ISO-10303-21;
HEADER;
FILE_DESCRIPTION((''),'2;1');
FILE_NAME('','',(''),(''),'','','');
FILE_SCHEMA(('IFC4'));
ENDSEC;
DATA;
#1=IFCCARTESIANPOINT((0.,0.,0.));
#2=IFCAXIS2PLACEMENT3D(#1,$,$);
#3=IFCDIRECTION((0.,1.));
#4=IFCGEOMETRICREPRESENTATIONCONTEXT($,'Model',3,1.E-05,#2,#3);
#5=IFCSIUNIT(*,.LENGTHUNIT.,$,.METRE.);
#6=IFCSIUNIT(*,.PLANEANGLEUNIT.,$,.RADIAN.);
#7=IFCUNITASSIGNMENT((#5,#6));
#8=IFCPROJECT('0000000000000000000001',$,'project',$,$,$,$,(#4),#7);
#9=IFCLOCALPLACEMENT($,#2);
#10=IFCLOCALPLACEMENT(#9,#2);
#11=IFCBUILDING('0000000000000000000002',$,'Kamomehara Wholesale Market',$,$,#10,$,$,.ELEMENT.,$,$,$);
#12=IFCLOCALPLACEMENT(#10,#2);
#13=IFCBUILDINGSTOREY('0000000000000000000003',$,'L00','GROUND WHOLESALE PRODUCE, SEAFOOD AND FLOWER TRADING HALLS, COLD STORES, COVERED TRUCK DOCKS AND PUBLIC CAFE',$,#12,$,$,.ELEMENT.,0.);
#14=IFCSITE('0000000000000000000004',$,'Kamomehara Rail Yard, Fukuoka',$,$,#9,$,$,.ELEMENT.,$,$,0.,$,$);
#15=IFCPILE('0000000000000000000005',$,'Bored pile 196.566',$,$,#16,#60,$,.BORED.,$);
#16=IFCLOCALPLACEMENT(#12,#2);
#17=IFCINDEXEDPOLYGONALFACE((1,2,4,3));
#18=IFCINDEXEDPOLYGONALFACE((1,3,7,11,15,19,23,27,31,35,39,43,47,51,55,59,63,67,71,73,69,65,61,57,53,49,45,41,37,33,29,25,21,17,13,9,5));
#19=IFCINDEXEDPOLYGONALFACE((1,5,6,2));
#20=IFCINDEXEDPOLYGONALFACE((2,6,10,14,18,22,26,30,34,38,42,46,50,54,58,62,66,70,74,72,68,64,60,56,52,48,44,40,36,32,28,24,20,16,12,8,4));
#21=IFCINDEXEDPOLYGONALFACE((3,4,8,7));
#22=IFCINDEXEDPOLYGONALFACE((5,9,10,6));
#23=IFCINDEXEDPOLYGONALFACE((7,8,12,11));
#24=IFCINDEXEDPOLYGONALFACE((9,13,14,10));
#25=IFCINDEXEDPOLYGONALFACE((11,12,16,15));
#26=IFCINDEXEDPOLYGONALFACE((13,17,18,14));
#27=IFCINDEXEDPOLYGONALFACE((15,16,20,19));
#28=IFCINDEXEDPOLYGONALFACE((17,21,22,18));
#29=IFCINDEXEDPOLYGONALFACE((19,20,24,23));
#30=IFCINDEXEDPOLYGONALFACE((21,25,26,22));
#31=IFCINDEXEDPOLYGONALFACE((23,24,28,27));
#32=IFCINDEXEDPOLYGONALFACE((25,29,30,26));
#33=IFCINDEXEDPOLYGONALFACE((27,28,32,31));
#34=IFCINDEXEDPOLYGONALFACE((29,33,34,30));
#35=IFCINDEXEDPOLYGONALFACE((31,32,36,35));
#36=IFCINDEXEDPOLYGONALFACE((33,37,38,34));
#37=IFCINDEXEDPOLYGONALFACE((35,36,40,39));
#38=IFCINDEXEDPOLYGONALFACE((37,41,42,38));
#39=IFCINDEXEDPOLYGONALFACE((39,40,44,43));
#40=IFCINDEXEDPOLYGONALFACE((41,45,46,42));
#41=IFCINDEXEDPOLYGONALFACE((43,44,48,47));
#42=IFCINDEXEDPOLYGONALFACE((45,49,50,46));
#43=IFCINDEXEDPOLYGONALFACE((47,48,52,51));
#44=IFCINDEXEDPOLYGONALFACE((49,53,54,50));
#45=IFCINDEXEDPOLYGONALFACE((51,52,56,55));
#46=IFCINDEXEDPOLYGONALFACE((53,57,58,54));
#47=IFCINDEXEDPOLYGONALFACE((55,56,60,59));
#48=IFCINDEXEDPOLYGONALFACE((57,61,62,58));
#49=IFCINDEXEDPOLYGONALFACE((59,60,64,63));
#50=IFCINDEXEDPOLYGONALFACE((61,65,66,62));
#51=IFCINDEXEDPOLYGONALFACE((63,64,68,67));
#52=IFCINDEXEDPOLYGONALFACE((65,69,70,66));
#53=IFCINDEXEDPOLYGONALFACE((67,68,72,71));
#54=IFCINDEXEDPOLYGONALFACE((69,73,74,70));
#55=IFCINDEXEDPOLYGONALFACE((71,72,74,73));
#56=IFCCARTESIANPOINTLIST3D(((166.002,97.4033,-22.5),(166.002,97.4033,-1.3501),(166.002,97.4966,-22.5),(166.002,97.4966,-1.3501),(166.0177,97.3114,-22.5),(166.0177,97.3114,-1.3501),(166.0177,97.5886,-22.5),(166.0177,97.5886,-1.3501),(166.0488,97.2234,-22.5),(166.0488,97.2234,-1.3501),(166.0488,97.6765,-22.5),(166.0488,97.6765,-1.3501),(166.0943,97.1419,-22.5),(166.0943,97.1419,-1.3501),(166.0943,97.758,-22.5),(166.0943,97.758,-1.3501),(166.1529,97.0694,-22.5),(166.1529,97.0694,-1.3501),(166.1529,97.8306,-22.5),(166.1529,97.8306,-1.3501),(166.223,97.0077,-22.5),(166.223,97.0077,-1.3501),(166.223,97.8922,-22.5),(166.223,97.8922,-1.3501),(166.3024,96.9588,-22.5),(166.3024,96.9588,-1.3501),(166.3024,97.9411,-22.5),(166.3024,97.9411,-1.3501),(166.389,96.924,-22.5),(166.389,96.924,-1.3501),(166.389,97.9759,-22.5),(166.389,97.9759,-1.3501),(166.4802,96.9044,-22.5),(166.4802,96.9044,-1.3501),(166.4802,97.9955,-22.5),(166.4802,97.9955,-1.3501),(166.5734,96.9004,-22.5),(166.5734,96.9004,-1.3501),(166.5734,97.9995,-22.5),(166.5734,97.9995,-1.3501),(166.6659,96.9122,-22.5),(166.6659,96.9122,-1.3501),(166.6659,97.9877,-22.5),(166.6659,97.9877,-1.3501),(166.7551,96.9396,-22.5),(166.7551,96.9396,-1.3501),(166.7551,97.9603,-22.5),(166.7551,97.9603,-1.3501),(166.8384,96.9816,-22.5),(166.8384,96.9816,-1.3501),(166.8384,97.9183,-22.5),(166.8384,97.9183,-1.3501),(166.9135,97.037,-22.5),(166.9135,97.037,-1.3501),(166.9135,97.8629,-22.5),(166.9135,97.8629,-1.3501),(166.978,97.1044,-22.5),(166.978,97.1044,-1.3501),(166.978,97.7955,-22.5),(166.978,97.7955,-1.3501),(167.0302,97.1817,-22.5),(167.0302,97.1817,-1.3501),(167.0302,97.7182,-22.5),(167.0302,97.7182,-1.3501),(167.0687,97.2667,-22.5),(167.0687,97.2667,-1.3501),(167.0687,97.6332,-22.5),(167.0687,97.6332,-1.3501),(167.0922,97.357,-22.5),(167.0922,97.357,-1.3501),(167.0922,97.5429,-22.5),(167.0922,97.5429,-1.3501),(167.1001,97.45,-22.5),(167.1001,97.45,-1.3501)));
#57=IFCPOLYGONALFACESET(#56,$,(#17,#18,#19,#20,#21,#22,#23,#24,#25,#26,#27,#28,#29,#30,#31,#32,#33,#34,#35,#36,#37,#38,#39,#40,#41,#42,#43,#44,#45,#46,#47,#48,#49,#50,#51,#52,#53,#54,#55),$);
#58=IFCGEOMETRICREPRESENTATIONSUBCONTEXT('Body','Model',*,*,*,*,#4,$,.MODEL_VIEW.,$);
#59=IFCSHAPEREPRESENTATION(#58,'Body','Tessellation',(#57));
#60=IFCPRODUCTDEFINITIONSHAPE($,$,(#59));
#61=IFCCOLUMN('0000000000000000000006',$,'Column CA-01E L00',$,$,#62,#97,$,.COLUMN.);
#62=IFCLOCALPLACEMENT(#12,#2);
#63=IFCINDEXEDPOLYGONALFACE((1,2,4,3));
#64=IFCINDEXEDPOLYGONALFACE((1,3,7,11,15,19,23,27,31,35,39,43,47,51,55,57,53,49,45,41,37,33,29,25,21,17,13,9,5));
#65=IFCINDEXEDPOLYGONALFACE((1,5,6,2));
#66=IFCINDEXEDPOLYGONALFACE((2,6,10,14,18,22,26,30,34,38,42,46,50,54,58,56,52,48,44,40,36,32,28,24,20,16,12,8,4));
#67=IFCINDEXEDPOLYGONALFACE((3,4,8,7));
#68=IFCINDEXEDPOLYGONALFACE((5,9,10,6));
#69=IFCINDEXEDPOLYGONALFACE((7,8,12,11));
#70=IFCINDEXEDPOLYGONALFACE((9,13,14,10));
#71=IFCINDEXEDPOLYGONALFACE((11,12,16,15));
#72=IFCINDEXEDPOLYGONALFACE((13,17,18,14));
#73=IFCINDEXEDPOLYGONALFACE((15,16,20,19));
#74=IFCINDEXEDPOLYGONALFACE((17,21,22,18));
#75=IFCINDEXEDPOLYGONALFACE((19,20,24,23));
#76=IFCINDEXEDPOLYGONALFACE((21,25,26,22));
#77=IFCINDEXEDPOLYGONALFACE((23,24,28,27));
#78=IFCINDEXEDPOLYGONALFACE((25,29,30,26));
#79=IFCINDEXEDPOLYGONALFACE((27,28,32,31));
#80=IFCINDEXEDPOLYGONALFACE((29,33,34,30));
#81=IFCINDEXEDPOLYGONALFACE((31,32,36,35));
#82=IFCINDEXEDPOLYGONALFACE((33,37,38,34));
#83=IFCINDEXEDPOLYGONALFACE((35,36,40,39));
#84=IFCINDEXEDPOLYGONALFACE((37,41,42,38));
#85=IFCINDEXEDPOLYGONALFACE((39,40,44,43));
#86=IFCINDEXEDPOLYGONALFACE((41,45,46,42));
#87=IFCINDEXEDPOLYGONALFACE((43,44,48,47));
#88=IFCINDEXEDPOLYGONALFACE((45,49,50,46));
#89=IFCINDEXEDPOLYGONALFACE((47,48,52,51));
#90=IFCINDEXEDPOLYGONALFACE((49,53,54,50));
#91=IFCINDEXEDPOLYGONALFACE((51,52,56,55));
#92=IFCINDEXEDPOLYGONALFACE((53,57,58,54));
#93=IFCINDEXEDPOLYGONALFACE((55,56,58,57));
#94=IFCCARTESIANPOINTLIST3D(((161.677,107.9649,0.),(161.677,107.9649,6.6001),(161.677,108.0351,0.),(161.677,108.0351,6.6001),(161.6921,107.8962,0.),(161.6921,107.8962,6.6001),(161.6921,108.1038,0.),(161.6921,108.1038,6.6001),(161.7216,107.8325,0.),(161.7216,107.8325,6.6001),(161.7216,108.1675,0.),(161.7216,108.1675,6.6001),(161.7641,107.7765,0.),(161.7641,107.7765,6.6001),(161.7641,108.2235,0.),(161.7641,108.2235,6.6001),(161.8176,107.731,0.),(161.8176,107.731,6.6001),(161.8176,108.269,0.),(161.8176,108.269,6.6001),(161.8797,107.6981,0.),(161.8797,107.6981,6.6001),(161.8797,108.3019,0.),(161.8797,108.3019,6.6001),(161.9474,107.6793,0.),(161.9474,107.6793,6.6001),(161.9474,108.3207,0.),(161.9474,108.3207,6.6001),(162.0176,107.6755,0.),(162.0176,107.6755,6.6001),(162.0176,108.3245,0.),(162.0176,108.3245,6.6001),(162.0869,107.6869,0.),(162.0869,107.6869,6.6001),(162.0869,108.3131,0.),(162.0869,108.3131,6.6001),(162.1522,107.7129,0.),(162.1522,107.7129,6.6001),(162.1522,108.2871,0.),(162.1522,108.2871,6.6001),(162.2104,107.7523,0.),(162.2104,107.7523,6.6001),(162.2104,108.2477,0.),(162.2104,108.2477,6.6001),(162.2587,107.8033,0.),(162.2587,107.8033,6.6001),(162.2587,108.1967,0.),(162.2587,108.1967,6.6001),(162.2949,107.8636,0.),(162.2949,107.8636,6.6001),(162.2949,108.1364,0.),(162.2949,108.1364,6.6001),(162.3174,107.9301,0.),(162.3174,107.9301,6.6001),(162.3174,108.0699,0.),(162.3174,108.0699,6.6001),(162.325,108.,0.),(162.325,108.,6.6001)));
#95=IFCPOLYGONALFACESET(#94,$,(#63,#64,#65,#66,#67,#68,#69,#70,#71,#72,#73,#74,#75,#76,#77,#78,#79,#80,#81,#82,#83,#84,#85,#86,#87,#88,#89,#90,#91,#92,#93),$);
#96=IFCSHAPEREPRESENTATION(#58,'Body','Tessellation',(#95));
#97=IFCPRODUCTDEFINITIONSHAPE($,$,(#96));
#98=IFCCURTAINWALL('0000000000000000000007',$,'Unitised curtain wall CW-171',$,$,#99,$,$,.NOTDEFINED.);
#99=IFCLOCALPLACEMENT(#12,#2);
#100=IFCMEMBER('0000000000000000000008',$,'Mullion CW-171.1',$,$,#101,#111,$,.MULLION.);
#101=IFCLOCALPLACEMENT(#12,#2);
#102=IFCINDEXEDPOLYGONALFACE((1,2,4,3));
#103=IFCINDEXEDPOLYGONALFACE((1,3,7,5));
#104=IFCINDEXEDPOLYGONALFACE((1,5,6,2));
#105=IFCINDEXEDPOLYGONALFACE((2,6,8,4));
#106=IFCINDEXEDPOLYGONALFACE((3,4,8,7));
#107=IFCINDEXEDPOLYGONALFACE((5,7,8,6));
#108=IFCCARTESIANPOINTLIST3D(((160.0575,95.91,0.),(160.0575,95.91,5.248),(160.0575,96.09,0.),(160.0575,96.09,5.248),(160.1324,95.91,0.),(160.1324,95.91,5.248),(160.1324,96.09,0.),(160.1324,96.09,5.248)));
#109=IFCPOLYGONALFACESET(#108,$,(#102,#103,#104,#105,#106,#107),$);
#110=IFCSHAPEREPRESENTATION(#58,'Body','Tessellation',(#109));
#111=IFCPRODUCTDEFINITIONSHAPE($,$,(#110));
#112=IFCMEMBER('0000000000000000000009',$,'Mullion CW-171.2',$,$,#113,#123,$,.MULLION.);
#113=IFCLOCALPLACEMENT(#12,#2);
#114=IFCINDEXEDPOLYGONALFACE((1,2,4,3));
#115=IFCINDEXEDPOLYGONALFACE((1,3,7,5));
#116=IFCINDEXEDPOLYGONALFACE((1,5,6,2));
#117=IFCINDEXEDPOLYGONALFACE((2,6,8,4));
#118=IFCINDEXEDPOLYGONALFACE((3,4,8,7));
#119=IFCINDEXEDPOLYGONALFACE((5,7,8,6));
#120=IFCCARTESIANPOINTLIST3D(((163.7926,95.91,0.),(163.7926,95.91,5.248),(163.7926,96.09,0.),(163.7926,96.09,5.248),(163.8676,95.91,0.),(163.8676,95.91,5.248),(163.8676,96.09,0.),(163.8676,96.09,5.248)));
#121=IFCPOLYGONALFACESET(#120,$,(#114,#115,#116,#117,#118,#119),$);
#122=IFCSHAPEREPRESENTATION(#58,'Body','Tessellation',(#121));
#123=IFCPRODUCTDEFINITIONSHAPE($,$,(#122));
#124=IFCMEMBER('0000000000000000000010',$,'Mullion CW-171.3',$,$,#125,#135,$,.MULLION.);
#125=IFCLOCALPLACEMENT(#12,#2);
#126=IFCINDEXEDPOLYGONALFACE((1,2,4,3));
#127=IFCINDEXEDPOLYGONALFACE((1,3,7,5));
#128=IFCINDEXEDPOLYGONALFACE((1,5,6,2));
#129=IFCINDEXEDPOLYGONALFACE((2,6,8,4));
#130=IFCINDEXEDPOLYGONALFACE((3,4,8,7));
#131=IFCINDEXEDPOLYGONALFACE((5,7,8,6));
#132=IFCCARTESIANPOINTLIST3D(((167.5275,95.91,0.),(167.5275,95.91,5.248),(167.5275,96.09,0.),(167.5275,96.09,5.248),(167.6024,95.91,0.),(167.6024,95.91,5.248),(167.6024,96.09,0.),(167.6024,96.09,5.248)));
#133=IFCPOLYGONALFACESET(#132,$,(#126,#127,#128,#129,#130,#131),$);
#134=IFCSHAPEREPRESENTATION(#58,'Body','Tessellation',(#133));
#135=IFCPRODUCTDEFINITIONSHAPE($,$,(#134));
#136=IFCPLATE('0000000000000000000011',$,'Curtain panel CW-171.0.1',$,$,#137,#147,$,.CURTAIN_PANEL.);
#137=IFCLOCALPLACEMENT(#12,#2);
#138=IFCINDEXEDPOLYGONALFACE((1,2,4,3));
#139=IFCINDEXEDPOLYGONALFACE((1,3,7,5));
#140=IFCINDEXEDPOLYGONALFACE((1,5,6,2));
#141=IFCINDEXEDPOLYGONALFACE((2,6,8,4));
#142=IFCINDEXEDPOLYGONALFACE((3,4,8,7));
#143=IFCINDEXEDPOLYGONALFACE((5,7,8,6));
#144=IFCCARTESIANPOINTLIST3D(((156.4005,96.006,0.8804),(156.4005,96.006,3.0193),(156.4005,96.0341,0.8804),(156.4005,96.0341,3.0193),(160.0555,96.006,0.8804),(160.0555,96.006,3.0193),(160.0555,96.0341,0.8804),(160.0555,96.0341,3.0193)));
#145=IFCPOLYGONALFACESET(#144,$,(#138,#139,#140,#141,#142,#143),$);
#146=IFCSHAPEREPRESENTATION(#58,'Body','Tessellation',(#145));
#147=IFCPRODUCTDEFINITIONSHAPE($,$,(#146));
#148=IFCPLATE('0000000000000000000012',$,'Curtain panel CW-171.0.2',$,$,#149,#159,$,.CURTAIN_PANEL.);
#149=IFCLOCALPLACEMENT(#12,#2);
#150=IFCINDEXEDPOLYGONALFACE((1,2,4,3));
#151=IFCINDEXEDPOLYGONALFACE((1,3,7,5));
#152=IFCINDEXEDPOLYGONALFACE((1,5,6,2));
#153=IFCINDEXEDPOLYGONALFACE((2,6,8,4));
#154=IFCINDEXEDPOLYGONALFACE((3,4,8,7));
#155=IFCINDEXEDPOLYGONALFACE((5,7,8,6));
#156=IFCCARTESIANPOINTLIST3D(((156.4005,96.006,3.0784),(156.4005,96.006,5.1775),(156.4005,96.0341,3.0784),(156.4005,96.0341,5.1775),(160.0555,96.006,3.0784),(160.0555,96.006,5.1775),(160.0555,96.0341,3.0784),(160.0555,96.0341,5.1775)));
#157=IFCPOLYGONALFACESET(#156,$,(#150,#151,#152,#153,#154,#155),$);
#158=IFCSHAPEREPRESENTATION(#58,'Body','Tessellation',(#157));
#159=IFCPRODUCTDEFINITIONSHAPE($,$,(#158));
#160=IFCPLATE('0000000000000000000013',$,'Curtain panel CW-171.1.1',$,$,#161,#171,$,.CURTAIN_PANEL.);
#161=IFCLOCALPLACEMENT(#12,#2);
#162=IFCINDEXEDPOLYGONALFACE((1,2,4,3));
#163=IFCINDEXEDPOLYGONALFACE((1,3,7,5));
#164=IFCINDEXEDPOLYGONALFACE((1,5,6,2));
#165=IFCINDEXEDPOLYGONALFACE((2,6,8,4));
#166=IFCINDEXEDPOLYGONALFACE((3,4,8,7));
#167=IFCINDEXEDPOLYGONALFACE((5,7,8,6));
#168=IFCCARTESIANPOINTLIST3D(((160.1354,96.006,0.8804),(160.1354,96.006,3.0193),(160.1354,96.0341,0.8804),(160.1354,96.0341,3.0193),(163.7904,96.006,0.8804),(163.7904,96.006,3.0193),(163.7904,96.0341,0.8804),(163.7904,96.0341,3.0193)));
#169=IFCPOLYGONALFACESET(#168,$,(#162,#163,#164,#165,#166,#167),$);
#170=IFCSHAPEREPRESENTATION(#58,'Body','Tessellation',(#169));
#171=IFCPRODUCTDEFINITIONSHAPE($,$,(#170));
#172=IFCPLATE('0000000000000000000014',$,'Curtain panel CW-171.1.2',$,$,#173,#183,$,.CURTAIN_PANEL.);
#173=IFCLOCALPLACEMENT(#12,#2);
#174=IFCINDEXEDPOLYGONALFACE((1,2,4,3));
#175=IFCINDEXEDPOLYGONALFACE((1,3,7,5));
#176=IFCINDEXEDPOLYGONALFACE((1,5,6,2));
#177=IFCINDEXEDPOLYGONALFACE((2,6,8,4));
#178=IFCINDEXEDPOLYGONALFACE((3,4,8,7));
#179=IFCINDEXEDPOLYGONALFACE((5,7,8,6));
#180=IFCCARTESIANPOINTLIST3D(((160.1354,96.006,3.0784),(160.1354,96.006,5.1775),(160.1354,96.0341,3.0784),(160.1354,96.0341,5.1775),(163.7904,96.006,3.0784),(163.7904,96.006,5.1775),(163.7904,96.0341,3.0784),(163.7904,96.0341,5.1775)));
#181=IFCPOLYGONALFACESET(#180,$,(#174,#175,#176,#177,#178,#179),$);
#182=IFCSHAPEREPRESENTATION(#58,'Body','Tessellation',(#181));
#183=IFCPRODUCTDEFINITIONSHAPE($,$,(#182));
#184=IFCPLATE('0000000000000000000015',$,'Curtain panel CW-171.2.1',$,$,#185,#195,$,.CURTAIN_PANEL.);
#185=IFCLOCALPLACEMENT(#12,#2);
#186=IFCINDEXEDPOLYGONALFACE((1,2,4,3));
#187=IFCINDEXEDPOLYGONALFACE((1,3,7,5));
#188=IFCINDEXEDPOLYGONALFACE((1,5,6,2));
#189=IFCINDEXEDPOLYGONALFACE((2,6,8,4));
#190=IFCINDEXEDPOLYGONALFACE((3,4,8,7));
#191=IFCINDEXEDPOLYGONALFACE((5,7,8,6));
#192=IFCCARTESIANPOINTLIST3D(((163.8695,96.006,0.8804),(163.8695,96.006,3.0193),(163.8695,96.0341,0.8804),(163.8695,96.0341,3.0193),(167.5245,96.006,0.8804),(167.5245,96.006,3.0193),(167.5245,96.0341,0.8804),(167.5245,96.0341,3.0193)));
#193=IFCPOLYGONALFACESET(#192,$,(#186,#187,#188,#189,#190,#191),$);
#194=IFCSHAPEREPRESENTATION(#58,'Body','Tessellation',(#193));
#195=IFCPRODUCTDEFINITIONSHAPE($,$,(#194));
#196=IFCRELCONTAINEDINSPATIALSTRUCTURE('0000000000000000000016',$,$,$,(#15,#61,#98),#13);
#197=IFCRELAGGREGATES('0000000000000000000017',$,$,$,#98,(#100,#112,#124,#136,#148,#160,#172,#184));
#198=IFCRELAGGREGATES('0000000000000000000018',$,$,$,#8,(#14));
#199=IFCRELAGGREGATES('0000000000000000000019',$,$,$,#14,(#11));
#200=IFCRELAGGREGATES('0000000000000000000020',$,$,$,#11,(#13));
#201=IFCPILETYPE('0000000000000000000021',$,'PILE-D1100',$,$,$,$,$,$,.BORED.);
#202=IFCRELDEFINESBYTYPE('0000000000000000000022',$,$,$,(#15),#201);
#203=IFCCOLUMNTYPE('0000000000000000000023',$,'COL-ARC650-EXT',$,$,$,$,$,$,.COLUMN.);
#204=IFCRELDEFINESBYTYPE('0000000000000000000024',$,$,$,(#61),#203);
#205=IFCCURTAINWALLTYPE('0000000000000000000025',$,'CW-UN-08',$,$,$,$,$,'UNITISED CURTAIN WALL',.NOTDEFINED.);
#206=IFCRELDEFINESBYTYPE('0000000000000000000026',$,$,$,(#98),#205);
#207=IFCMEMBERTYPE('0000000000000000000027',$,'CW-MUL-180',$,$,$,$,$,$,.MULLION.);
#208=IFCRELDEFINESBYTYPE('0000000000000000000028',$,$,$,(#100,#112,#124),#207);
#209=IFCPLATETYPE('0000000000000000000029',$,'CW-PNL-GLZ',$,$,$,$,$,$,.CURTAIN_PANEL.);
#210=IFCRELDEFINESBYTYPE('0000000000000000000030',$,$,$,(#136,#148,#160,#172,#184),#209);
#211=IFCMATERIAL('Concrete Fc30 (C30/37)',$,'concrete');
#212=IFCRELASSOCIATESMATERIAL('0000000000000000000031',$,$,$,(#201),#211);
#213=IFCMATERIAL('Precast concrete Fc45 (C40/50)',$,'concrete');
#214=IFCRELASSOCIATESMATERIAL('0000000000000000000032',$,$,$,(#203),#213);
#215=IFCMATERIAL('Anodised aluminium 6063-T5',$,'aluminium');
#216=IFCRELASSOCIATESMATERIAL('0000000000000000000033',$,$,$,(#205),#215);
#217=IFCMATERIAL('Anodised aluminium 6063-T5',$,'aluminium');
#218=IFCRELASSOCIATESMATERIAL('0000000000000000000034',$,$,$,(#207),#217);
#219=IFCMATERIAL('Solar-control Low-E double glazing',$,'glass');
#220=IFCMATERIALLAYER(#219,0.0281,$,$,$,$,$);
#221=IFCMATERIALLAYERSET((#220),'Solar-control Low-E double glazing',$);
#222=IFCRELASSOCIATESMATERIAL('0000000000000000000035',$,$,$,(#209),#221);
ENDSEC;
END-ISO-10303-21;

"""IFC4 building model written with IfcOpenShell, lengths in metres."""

from ifc_helpers import new_model, si_unit, direction, frame, origin, origin_2d, place, context, subcontext, project, spatial, rectangle, circle, extrude, material, layer, layer_set, material_profile, profile_set, type_object, element, aggregate, save


model = new_model("IFC4")

# Units and contexts
model_context = context("Model", 3, precision=1e-05, world=origin(), true_north=direction((0.0, 1.0)))
body_context = subcontext(model_context, "Body", "Model", "MODEL_VIEW")
ifc_project = project(units=[si_unit("LENGTHUNIT", "METRE"), si_unit("PLANEANGLEUNIT", "RADIAN")], contexts=[model_context])

# Site, building, storey
site_placement = place(None, origin())
site = spatial("IfcSite", under=ifc_project, at=site_placement, Name="Kamomehara Rail Yard, Fukuoka", CompositionType="ELEMENT", RefElevation=0.0)
building_placement = place(site_placement, origin())
building = spatial("IfcBuilding", under=site, at=building_placement, Name="Kamomehara Wholesale Market", CompositionType="ELEMENT")
storey_placement = place(building_placement, origin())
storey = spatial("IfcBuildingStorey", under=building, at=storey_placement, Name="L00", Description="GROUND WHOLESALE PRODUCE, SEAFOOD AND FLOWER TRADING HALLS, COLD STORES, COVERED TRUCK DOCKS AND PUBLIC CAFE", CompositionType="ELEMENT", Elevation=0.0)

# Pile
ifc_material_1 = material(Name="Concrete Fc30 (C30/37)", Category="concrete")
ifc_material_profile_1 = material_profile(ifc_material_1, circle(Radius=0.55, at=origin_2d()), Name="RC-PILE-D1100")
ifc_profile_set_1 = profile_set([ifc_material_profile_1], Name="Concrete Fc30 (C30/37)")
pile_type_1 = type_object("IfcPileType", Name="PILE-D1100", PredefinedType="BORED", material=ifc_profile_set_1)
pile_1_placement = place(storey_placement, frame((166.55, 97.45, -1.3501), z_axis=(0.0, 0.0, -1.0), x_axis=(1.0, 0.0, 0.0)))
element("IfcPile", 1, at=pile_1_placement, inside=storey, type_object=pile_type_1, Name="Bored pile 196.566", PredefinedType="BORED", context=body_context, shape_type="SweptSolid", body=[
    extrude(circle(Radius=0.55, at=origin_2d()), origin(), (0.0, 0.0, 1.0), 21.1499),
])

# Column
ifc_material_2 = material(Name="Precast concrete Fc45 (C40/50)", Category="concrete")
ifc_material_profile_2 = material_profile(ifc_material_2, circle(Radius=0.325, at=origin_2d()), Name="PC-ARC-D650")
ifc_profile_set_2 = profile_set([ifc_material_profile_2], Name="Precast concrete Fc45 (C40/50)")
column_type = type_object("IfcColumnType", Name="COL-ARC650-EXT", PredefinedType="COLUMN", material=ifc_profile_set_2)
column_placement = place(storey_placement, frame((162.0, 108.0, 0.0), z_axis=(0.0, 0.0, 1.0), x_axis=(1.0, 0.0, 0.0)))
element("IfcColumn", 2, at=column_placement, inside=storey, type_object=column_type, Name="Column CA-01E L00", PredefinedType="COLUMN", context=body_context, shape_type="SweptSolid", body=[
    extrude(circle(Radius=0.325, at=origin_2d()), origin(), (0.0, 0.0, 1.0), 6.6001),
])

# Curtain wall, members, plates
ifc_material_3 = material(Name="Anodised aluminium 6063-T5", Category="aluminium")
curtain_wall_type = type_object("IfcCurtainWallType", Name="CW-UN-08", ElementType="UNITISED CURTAIN WALL", PredefinedType="NOTDEFINED", material=ifc_material_3)
curtain_wall_placement = place(storey_placement, origin())
curtain_wall = element("IfcCurtainWall", 3, at=curtain_wall_placement, inside=storey, type_object=curtain_wall_type, Name="Unitised curtain wall CW-171", PredefinedType="NOTDEFINED")
ifc_material_4 = material(Name="Anodised aluminium 6063-T5", Category="aluminium")
ifc_material_profile_3 = material_profile(ifc_material_4, rectangle(XDim=0.075, YDim=0.1799, at=origin_2d()), Name="ALU-MUL-75x180")
ifc_profile_set_3 = profile_set([ifc_material_profile_3], Name="Anodised aluminium 6063-T5")
member_type = type_object("IfcMemberType", Name="CW-MUL-180", PredefinedType="MULLION", material=ifc_profile_set_3)
member_1_placement = place(storey_placement, frame((160.095, 96.0, 0.0), z_axis=(0.0, 0.0, 1.0), x_axis=(1.0, 0.0, 0.0)))
member_1 = element("IfcMember", 4, at=member_1_placement, type_object=member_type, Name="Mullion CW-171.1", PredefinedType="MULLION", context=body_context, shape_type="SweptSolid", body=[
    extrude(rectangle(XDim=0.075, YDim=0.1799, at=origin_2d()), origin(), (0.0, 0.0, 1.0), 5.248),
])
member_2_placement = place(storey_placement, frame((163.8301, 96.0, 0.0), z_axis=(0.0, 0.0, 1.0), x_axis=(1.0, 0.0, 0.0)))
member_2 = element("IfcMember", 5, at=member_2_placement, type_object=member_type, Name="Mullion CW-171.2", PredefinedType="MULLION", context=body_context, shape_type="SweptSolid", body=[
    extrude(rectangle(XDim=0.075, YDim=0.1799, at=origin_2d()), origin(), (0.0, 0.0, 1.0), 5.248),
])
member_3_placement = place(storey_placement, frame((167.5649, 96.0, 0.0), z_axis=(0.0, 0.0, 1.0), x_axis=(1.0, 0.0, 0.0)))
member_3 = element("IfcMember", 6, at=member_3_placement, type_object=member_type, Name="Mullion CW-171.3", PredefinedType="MULLION", context=body_context, shape_type="SweptSolid", body=[
    extrude(rectangle(XDim=0.075, YDim=0.1799, at=origin_2d()), origin(), (0.0, 0.0, 1.0), 5.248),
])
ifc_material_5 = material(Name="Solar-control Low-E double glazing", Category="glass")
ifc_layer_1 = layer(ifc_material_5, 0.0281)
ifc_layer_set_1 = layer_set([ifc_layer_1], Name="Solar-control Low-E double glazing")
plate_type_1 = type_object("IfcPlateType", Name="CW-PNL-GLZ", PredefinedType="CURTAIN_PANEL", material=ifc_layer_set_1)
plate_1_placement = place(storey_placement, frame((158.228, 96.02, 0.8804), z_axis=(0.0, 0.0, 1.0), x_axis=(1.0, 0.0, 0.0)))
plate_1 = element("IfcPlate", 7, at=plate_1_placement, type_object=plate_type_1, Name="Curtain panel CW-171.0.1", PredefinedType="CURTAIN_PANEL", context=body_context, shape_type="SweptSolid", body=[
    extrude(rectangle(XDim=3.655, YDim=0.0281, at=origin_2d()), origin(), (0.0, 0.0, 1.0), 2.1389),
])
plate_2_placement = place(storey_placement, frame((158.228, 96.02, 3.0784), z_axis=(0.0, 0.0, 1.0), x_axis=(1.0, 0.0, 0.0)))
plate_2 = element("IfcPlate", 8, at=plate_2_placement, type_object=plate_type_1, Name="Curtain panel CW-171.0.2", PredefinedType="CURTAIN_PANEL", context=body_context, shape_type="SweptSolid", body=[
    extrude(rectangle(XDim=3.655, YDim=0.0281, at=origin_2d()), origin(), (0.0, 0.0, 1.0), 2.0991),
])
plate_3_placement = place(storey_placement, frame((161.9629, 96.02, 0.8804), z_axis=(0.0, 0.0, 1.0), x_axis=(1.0, 0.0, 0.0)))
plate_3 = element("IfcPlate", 9, at=plate_3_placement, type_object=plate_type_1, Name="Curtain panel CW-171.1.1", PredefinedType="CURTAIN_PANEL", context=body_context, shape_type="SweptSolid", body=[
    extrude(rectangle(XDim=3.655, YDim=0.0281, at=origin_2d()), origin(), (0.0, 0.0, 1.0), 2.1389),
])
plate_4_placement = place(storey_placement, frame((161.9629, 96.02, 3.0784), z_axis=(0.0, 0.0, 1.0), x_axis=(1.0, 0.0, 0.0)))
plate_4 = element("IfcPlate", 10, at=plate_4_placement, type_object=plate_type_1, Name="Curtain panel CW-171.1.2", PredefinedType="CURTAIN_PANEL", context=body_context, shape_type="SweptSolid", body=[
    extrude(rectangle(XDim=3.655, YDim=0.0281, at=origin_2d()), origin(), (0.0, 0.0, 1.0), 2.0991),
])
plate_5_placement = place(storey_placement, frame((165.697, 96.02, 0.8804), z_axis=(0.0, 0.0, 1.0), x_axis=(1.0, 0.0, 0.0)))
plate_5 = element("IfcPlate", 11, at=plate_5_placement, type_object=plate_type_1, Name="Curtain panel CW-171.2.1", PredefinedType="CURTAIN_PANEL", context=body_context, shape_type="SweptSolid", body=[
    extrude(rectangle(XDim=3.655, YDim=0.0281, at=origin_2d()), origin(), (0.0, 0.0, 1.0), 2.1389),
])
aggregate(curtain_wall, [member_1, member_2, member_3, plate_1, plate_2, plate_3, plate_4, plate_5])

save(model, "model.ifc")
